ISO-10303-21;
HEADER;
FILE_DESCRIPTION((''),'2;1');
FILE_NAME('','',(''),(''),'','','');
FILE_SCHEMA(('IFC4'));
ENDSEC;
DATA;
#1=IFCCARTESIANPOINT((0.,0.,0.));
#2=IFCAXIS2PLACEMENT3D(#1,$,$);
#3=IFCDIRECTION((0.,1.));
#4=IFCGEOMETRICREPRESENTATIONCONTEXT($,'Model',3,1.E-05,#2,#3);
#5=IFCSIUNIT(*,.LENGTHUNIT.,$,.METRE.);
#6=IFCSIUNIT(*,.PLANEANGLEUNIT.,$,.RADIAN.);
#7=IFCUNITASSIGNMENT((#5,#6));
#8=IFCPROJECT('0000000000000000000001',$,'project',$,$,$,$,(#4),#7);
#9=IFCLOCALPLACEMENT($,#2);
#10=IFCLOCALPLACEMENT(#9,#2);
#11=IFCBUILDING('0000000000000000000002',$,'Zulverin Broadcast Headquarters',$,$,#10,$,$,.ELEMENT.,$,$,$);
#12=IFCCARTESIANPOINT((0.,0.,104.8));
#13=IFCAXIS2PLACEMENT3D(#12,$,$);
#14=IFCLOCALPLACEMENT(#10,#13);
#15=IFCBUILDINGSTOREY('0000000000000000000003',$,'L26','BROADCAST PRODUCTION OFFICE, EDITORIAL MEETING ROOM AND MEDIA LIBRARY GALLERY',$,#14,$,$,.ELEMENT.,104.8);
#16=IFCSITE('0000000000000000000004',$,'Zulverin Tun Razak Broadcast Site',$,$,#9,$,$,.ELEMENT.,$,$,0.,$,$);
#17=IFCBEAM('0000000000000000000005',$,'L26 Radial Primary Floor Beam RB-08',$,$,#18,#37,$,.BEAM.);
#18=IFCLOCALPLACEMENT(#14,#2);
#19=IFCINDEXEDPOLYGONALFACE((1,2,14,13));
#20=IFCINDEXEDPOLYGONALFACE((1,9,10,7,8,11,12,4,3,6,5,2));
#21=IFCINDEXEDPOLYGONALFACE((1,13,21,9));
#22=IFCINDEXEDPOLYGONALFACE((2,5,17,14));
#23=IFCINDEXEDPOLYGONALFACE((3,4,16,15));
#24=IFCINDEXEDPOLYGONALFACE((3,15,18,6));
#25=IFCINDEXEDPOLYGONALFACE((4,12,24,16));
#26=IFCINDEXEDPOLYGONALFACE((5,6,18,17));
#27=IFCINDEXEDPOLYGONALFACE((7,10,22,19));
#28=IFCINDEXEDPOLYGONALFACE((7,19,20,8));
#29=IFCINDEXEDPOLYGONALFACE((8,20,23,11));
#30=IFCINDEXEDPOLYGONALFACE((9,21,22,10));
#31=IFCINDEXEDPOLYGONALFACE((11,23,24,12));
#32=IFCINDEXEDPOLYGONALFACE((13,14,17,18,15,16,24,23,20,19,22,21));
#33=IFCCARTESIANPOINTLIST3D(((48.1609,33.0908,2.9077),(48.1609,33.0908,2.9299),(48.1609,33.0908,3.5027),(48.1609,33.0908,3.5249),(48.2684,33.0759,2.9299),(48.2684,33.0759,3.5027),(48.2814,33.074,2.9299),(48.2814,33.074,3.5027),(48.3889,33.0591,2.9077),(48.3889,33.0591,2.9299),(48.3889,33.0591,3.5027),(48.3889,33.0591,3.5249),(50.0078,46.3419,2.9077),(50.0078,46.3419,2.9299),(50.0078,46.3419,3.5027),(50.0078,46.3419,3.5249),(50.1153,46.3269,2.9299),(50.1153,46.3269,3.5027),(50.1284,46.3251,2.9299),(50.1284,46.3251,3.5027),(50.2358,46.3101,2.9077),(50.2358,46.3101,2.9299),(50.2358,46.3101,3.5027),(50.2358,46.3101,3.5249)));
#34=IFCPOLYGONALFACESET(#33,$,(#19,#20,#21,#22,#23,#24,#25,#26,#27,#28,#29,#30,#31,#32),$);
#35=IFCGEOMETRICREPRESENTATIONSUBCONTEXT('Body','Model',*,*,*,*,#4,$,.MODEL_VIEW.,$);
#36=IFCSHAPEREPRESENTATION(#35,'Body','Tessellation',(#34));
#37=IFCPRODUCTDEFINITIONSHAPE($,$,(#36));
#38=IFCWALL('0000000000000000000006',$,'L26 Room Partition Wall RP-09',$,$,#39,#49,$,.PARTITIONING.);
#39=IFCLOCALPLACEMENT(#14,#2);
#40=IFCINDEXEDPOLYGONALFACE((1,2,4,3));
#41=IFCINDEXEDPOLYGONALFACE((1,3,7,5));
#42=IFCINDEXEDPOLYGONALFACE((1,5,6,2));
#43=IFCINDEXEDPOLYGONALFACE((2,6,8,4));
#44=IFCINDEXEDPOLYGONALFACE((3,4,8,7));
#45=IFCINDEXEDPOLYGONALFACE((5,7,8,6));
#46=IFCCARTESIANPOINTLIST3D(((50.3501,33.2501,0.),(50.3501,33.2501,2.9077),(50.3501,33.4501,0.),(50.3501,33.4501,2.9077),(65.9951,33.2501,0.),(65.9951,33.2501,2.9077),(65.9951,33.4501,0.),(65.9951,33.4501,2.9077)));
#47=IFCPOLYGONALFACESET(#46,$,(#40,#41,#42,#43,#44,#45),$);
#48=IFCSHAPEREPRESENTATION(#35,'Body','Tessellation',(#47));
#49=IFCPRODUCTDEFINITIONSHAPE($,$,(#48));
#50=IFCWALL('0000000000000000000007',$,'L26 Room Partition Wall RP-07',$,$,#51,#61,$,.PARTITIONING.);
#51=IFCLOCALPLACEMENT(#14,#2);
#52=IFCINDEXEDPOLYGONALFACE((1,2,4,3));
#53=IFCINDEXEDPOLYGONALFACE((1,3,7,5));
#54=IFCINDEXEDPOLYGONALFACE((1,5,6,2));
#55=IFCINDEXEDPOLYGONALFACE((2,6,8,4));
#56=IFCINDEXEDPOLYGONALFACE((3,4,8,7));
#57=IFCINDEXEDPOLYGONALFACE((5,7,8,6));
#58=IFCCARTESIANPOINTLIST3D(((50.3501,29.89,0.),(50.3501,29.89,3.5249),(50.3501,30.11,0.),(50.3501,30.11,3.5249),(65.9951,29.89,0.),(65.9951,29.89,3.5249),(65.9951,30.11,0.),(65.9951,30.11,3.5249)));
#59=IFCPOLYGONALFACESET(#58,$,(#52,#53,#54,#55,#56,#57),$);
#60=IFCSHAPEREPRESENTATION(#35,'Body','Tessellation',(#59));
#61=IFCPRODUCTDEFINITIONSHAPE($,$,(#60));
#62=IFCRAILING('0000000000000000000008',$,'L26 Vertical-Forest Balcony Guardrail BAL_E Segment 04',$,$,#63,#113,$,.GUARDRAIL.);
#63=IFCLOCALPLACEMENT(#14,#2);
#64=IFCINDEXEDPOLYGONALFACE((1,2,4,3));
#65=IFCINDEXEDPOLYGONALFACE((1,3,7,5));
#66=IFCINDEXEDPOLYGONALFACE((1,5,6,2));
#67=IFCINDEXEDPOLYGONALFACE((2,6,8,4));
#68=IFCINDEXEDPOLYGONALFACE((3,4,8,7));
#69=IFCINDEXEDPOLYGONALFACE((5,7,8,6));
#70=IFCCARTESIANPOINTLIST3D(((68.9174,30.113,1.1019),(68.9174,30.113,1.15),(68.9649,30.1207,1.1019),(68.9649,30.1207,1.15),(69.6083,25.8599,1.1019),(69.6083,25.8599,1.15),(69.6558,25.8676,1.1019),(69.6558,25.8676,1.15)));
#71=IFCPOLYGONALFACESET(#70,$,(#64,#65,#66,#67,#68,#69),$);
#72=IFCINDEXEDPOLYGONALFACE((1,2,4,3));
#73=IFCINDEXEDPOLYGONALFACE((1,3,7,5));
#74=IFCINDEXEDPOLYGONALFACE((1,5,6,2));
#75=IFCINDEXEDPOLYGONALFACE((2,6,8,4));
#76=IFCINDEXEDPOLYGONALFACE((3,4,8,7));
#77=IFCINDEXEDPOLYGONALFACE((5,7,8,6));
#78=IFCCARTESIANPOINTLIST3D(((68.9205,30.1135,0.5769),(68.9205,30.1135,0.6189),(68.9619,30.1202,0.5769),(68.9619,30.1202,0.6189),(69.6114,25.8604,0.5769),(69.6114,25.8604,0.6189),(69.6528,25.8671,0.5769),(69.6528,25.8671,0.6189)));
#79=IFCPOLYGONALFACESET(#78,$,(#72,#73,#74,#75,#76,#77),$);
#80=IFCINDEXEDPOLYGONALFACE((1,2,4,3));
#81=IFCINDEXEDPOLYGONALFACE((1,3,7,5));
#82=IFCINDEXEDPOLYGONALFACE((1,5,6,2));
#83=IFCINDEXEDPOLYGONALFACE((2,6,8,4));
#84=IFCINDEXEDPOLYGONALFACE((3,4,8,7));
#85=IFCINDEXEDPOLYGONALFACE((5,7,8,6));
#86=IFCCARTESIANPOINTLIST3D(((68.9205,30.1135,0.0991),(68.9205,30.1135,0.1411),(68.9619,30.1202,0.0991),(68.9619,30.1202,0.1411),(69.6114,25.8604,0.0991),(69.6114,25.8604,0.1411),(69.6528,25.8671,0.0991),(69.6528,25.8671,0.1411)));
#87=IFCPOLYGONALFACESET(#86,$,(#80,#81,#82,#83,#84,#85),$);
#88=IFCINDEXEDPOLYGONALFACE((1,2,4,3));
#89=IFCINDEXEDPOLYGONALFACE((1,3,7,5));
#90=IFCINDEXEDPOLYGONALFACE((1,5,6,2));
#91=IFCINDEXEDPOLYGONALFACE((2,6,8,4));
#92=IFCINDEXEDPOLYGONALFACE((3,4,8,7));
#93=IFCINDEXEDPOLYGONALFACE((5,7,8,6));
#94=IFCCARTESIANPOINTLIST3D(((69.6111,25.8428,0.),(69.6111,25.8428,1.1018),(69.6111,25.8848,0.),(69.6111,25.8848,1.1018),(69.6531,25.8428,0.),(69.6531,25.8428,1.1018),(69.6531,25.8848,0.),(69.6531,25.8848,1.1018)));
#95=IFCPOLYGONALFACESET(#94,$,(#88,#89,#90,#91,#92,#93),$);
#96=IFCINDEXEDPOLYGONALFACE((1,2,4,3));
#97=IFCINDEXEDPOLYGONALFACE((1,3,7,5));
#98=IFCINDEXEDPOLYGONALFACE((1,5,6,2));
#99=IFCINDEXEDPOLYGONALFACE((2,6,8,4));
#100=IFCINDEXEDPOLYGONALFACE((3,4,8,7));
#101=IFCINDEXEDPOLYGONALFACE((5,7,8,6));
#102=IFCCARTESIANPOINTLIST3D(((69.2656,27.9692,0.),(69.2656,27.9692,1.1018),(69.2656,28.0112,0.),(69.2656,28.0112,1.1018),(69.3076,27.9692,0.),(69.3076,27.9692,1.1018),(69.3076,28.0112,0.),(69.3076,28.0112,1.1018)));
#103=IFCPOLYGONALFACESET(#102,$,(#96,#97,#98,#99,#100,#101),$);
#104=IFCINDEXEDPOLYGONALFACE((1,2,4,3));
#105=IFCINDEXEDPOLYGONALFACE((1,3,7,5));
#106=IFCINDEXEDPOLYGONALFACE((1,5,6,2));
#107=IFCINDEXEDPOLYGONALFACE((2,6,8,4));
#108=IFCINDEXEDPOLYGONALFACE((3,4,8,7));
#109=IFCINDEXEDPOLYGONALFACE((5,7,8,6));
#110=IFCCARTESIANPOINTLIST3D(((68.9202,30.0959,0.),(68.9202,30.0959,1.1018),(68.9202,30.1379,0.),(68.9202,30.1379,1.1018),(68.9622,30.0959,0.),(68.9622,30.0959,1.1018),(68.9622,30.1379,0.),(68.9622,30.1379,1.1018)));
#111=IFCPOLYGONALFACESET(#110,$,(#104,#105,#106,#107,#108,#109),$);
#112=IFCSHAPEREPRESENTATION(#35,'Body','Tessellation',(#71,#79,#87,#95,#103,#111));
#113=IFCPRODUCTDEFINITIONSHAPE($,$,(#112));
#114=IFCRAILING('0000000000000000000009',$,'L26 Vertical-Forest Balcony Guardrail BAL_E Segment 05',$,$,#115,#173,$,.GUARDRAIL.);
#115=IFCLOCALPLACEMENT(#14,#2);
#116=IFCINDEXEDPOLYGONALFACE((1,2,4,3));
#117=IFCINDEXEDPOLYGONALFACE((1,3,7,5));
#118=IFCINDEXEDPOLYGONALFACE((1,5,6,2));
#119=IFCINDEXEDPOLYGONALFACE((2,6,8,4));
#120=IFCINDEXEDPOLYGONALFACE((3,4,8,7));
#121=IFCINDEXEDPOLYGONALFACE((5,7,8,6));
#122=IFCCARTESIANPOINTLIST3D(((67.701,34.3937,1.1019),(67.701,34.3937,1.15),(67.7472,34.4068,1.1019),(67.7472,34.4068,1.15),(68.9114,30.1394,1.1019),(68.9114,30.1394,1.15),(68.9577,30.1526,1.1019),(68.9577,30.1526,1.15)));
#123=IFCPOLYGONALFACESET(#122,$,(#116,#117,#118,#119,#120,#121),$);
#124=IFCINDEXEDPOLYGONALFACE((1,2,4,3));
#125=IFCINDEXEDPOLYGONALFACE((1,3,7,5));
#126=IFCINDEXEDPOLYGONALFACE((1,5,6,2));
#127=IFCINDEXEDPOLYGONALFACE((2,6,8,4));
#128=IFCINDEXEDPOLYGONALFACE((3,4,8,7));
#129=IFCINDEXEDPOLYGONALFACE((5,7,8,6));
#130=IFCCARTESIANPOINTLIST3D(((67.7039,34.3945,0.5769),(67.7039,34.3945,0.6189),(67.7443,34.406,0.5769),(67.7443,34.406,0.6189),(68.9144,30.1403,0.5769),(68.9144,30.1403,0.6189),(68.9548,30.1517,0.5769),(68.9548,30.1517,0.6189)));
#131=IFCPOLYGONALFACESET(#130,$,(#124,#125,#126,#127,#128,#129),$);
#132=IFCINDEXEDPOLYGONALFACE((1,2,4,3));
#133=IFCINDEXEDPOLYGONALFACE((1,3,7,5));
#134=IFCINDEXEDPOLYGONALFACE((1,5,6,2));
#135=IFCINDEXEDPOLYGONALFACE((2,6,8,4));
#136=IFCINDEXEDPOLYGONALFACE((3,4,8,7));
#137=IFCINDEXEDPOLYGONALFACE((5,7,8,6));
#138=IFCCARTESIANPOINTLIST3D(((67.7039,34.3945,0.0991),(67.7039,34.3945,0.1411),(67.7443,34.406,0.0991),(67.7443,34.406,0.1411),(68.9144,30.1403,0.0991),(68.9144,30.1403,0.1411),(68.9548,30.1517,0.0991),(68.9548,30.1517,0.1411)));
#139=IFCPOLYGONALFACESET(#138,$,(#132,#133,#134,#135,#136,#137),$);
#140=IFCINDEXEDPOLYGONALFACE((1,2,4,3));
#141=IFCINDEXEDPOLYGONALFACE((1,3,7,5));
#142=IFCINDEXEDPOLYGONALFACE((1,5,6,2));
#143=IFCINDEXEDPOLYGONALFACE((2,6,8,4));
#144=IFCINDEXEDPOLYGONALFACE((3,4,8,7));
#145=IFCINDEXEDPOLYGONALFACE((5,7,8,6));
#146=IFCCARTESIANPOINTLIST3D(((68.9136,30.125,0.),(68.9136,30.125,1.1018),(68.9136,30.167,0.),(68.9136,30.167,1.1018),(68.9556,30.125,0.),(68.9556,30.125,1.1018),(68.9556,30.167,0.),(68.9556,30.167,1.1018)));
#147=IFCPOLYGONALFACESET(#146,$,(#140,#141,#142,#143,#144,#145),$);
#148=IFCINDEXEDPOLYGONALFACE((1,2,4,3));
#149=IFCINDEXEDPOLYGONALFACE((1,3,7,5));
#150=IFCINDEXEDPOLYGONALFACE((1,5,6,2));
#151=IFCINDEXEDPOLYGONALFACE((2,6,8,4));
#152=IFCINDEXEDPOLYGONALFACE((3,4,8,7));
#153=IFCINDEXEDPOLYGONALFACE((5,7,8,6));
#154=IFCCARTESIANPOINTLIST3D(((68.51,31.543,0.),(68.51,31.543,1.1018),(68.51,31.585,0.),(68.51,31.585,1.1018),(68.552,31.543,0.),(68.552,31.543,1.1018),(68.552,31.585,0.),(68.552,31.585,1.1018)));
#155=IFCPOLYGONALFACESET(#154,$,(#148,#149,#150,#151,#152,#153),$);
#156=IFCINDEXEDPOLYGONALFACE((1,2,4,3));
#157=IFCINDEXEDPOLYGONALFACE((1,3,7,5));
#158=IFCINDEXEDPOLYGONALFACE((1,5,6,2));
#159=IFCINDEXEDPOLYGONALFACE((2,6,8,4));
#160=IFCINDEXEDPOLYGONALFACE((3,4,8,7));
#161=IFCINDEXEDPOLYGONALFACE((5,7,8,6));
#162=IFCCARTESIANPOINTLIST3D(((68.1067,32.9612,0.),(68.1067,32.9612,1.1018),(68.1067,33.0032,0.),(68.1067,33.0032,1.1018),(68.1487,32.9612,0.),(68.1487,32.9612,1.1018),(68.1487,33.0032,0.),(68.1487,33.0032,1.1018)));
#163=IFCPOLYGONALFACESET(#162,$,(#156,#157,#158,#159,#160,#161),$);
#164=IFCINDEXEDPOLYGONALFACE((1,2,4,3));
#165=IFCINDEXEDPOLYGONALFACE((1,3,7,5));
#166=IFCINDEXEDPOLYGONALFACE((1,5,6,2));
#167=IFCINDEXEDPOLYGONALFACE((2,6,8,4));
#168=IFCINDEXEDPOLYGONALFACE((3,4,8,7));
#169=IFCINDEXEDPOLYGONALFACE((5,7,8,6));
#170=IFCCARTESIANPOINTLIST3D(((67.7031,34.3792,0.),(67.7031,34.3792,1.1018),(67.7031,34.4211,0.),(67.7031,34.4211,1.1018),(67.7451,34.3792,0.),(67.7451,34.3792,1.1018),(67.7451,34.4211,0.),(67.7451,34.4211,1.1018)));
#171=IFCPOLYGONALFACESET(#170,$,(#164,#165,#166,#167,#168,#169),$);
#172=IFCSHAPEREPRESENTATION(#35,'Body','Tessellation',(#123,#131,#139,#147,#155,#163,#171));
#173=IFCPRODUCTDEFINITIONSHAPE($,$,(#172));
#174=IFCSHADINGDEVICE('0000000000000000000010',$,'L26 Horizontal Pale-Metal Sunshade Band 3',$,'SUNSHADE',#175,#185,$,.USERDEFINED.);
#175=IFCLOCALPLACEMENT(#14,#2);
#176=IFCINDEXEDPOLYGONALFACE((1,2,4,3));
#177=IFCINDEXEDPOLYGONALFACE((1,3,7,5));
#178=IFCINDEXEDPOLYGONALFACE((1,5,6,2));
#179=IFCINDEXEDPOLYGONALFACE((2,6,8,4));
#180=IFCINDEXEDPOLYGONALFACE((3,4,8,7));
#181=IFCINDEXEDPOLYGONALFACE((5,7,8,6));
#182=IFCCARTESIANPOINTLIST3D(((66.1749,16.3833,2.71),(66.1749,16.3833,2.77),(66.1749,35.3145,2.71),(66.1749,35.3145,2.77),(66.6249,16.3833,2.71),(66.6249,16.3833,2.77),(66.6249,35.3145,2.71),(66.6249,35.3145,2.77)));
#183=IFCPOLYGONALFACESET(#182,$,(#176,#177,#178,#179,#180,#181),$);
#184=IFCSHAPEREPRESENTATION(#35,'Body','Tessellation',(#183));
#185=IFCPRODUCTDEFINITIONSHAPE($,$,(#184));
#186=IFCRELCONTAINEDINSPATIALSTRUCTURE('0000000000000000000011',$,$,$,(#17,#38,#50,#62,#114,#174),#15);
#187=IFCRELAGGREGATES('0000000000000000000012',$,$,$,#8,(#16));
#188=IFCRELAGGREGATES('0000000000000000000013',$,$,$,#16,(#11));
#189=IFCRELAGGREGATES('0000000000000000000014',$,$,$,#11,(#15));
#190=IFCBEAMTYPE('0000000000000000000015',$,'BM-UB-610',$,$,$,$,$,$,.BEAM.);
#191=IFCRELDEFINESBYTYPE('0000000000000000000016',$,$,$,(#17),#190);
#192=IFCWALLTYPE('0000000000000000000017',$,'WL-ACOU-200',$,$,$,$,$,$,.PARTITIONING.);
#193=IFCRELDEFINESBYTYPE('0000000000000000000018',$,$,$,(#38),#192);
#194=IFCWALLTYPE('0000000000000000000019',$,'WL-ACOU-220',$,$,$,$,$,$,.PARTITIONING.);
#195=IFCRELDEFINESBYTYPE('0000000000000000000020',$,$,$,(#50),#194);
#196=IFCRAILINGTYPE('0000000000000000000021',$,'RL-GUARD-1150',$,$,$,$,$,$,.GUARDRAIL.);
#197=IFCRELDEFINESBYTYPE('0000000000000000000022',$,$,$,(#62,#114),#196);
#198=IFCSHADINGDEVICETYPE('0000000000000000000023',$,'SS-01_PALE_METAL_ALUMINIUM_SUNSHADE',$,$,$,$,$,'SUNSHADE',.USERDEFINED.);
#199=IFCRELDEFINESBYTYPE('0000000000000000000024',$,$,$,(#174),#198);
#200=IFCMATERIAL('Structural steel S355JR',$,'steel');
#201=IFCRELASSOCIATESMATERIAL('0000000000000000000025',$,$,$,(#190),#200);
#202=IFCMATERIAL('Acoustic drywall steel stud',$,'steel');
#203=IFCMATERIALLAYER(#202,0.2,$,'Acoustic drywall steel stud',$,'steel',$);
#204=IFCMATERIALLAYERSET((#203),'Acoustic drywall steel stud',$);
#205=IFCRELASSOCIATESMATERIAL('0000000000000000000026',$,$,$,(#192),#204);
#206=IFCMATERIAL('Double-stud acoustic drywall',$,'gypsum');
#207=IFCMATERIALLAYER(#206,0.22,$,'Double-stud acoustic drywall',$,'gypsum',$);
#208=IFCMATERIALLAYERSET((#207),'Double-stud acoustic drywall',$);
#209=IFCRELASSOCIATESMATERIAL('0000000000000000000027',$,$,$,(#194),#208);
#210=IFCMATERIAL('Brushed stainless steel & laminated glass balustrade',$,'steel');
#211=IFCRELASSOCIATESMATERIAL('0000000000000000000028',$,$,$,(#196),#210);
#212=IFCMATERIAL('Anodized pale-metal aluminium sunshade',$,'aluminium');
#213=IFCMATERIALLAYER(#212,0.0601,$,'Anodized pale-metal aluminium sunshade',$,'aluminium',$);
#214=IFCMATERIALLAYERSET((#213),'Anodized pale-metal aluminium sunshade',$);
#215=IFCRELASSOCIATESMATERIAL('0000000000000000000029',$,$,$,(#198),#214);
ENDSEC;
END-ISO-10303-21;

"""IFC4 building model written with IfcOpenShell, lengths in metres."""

from ifc_helpers import new_model, si_unit, direction, frame, frame_2d, origin, origin_2d, place, context, subcontext, project, spatial, rectangle, i_section, extrude, material, layer, layer_set, material_profile, profile_set, type_object, element, save


model = new_model("IFC4")

# Units and contexts
model_context = context("Model", 3, precision=1e-05, world=origin(), true_north=direction((0.0, 1.0)))
body_context = subcontext(model_context, "Body", "Model", "MODEL_VIEW")
ifc_project = project(units=[si_unit("LENGTHUNIT", "METRE"), si_unit("PLANEANGLEUNIT", "RADIAN")], contexts=[model_context])

# Site, building, storey
site_placement = place(None, origin())
site = spatial("IfcSite", under=ifc_project, at=site_placement, Name="Zulverin Tun Razak Broadcast Site", CompositionType="ELEMENT", RefElevation=0.0)
building_placement = place(site_placement, origin())
building = spatial("IfcBuilding", under=site, at=building_placement, Name="Zulverin Broadcast Headquarters", CompositionType="ELEMENT")
storey_placement = place(building_placement, frame((0.0, 0.0, 104.8)))
storey = spatial("IfcBuildingStorey", under=building, at=storey_placement, Name="L26", Description="BROADCAST PRODUCTION OFFICE, EDITORIAL MEETING ROOM AND MEDIA LIBRARY GALLERY", CompositionType="ELEMENT", Elevation=104.8)

# Beam
ifc_material_1 = material(Name="Structural steel S355JR", Category="steel")
ifc_material_profile_1 = material_profile(ifc_material_1, i_section(OverallWidth=0.2302, OverallDepth=0.6172, WebThickness=0.0132, FlangeThickness=0.0222, at=origin_2d()), Name="Structural steel S355JR", Category="steel")
ifc_profile_set_1 = profile_set([ifc_material_profile_1], Name="Structural steel S355JR")
beam_type_1 = type_object("IfcBeamType", Name="BM-UB-610", PredefinedType="BEAM", material=ifc_profile_set_1)
beam_1_placement = place(storey_placement, frame((48.2749, 33.075, 3.2163), z_axis=(0.138046, 0.990426, 0.0), x_axis=(-0.990426, 0.138046, 0.0)))
element("IfcBeam", 1, at=beam_1_placement, inside=storey, type_object=beam_type_1, Name="L26 Radial Primary Floor Beam RB-08", PredefinedType="BEAM", context=body_context, shape_type="SweptSolid", body=[
    extrude(i_section(OverallWidth=0.2302, OverallDepth=0.6172, WebThickness=0.0132, FlangeThickness=0.0222, at=origin_2d()), origin(), (0.0, 0.0, 1.0), 13.3792),
])

# Walls
ifc_material_2 = material(Name="Acoustic drywall steel stud", Category="steel")
ifc_layer_1 = layer(ifc_material_2, 0.2, Name="Acoustic drywall steel stud", Category="steel")
ifc_layer_set_1 = layer_set([ifc_layer_1], Name="Acoustic drywall steel stud")
wall_type_1 = type_object("IfcWallType", Name="WL-ACOU-200", PredefinedType="PARTITIONING", material=ifc_layer_set_1)
wall_1_placement = place(storey_placement, frame((50.3501, 33.3501, 0.0), z_axis=(0.0, 0.0, 1.0), x_axis=(1.0, 0.0, 0.0)))
element("IfcWall", 2, at=wall_1_placement, inside=storey, type_object=wall_type_1, Name="L26 Room Partition Wall RP-09", PredefinedType="PARTITIONING", context=body_context, shape_type="SweptSolid", body=[
    extrude(rectangle(XDim=15.645, YDim=0.2, at=frame_2d((7.8225, 0.0))), origin(), (0.0, 0.0, 1.0), 2.9077),
])
ifc_material_3 = material(Name="Double-stud acoustic drywall", Category="gypsum")
ifc_layer_2 = layer(ifc_material_3, 0.22, Name="Double-stud acoustic drywall", Category="gypsum")
ifc_layer_set_2 = layer_set([ifc_layer_2], Name="Double-stud acoustic drywall")
wall_type_2 = type_object("IfcWallType", Name="WL-ACOU-220", PredefinedType="PARTITIONING", material=ifc_layer_set_2)
wall_2_placement = place(storey_placement, frame((50.3501, 30.0, 0.0), z_axis=(0.0, 0.0, 1.0), x_axis=(1.0, 0.0, 0.0)))
element("IfcWall", 3, at=wall_2_placement, inside=storey, type_object=wall_type_2, Name="L26 Room Partition Wall RP-07", PredefinedType="PARTITIONING", context=body_context, shape_type="SweptSolid", body=[
    extrude(rectangle(XDim=15.645, YDim=0.22, at=frame_2d((7.8225, 0.0))), origin(), (0.0, 0.0, 1.0), 3.5249),
])

# Railings
ifc_material_4 = material(Name="Brushed stainless steel & laminated glass balustrade", Category="steel")
railing_type = type_object("IfcRailingType", Name="RL-GUARD-1150", PredefinedType="GUARDRAIL", material=ifc_material_4)
railing_1_placement = place(storey_placement, frame((69.6321, 25.8638, 0.0)))
element("IfcRailing", 4, at=railing_1_placement, inside=storey, type_object=railing_type, Name="L26 Vertical-Forest Balcony Guardrail BAL_E Segment 04", PredefinedType="GUARDRAIL", context=body_context, shape_type="SweptSolid", body=[
    extrude(rectangle(XDim=0.0481, YDim=0.0481, at=origin_2d()), frame((0.0, 0.0, 1.126), z_axis=(-0.160346, 0.987061, 0.0), x_axis=(-0.987061, -0.160346, 0.0)), (0.0, 0.0, 1.0), 4.3088),
    extrude(rectangle(XDim=0.042, YDim=0.042, at=origin_2d()), frame((0.0, 0.0, 0.5979), z_axis=(-0.160346, 0.987061, 0.0), x_axis=(-0.987061, -0.160346, 0.0)), (0.0, 0.0, 1.0), 4.3088),
    extrude(rectangle(XDim=0.042, YDim=0.042, at=origin_2d()), frame((0.0, 0.0, 0.1201), z_axis=(-0.160346, 0.987061, 0.0), x_axis=(-0.987061, -0.160346, 0.0)), (0.0, 0.0, 1.0), 4.3088),
    extrude(rectangle(XDim=0.042, YDim=0.042, at=origin_2d()), origin(), (0.0, 0.0, 1.0), 1.1018),
    extrude(rectangle(XDim=0.042, YDim=0.042, at=origin_2d()), frame((-0.3455, 2.1265, 0.0)), (0.0, 0.0, 1.0), 1.1018),
    extrude(rectangle(XDim=0.042, YDim=0.042, at=origin_2d()), frame((-0.6909, 4.2532, 0.0)), (0.0, 0.0, 1.0), 1.1018),
])
railing_2_placement = place(storey_placement, frame((68.9346, 30.146, 0.0)))
element("IfcRailing", 5, at=railing_2_placement, inside=storey, type_object=railing_type, Name="L26 Vertical-Forest Balcony Guardrail BAL_E Segment 05", PredefinedType="GUARDRAIL", context=body_context, shape_type="SweptSolid", body=[
    extrude(rectangle(XDim=0.0481, YDim=0.0481, at=origin_2d()), frame((0.0, 0.0, 1.126), z_axis=(-0.273671, 0.961823, 0.0), x_axis=(-0.961823, -0.273671, 0.0)), (0.0, 0.0, 1.0), 4.4231),
    extrude(rectangle(XDim=0.042, YDim=0.042, at=origin_2d()), frame((0.0, 0.0, 0.5979), z_axis=(-0.273671, 0.961823, 0.0), x_axis=(-0.961823, -0.273671, 0.0)), (0.0, 0.0, 1.0), 4.4231),
    extrude(rectangle(XDim=0.042, YDim=0.042, at=origin_2d()), frame((0.0, 0.0, 0.1201), z_axis=(-0.273671, 0.961823, 0.0), x_axis=(-0.961823, -0.273671, 0.0)), (0.0, 0.0, 1.0), 4.4231),
    extrude(rectangle(XDim=0.042, YDim=0.042, at=origin_2d()), origin(), (0.0, 0.0, 1.0), 1.1018),
    extrude(rectangle(XDim=0.042, YDim=0.042, at=origin_2d()), frame((-0.4036, 1.418, 0.0)), (0.0, 0.0, 1.0), 1.1018),
    extrude(rectangle(XDim=0.042, YDim=0.042, at=origin_2d()), frame((-0.8069, 2.8362, 0.0)), (0.0, 0.0, 1.0), 1.1018),
    extrude(rectangle(XDim=0.042, YDim=0.042, at=origin_2d()), frame((-1.2104, 4.2542, 0.0)), (0.0, 0.0, 1.0), 1.1018),
])

# Shading device
ifc_material_5 = material(Name="Anodized pale-metal aluminium sunshade", Category="aluminium")
ifc_layer_3 = layer(ifc_material_5, 0.0601, Name="Anodized pale-metal aluminium sunshade", Category="aluminium")
ifc_layer_set_3 = layer_set([ifc_layer_3], Name="Anodized pale-metal aluminium sunshade")
shading_device_type = type_object("IfcShadingDeviceType", Name="SS-01_PALE_METAL_ALUMINIUM_SUNSHADE", ElementType="SUNSHADE", PredefinedType="USERDEFINED", material=ifc_layer_set_3)
shading_device_placement = place(storey_placement, frame((66.3999, 25.8489, 2.71), z_axis=(0.0, 0.0, 1.0), x_axis=(0.0, 1.0, 0.0)))
element("IfcShadingDevice", 6, at=shading_device_placement, inside=storey, type_object=shading_device_type, Name="L26 Horizontal Pale-Metal Sunshade Band 3", ObjectType="SUNSHADE", PredefinedType="USERDEFINED", context=body_context, shape_type="SweptSolid", body=[
    extrude(rectangle(XDim=18.9312, YDim=0.45, at=origin_2d()), origin(), (0.0, 0.0, 1.0), 0.0601),
])

save(model, "model.ifc")
